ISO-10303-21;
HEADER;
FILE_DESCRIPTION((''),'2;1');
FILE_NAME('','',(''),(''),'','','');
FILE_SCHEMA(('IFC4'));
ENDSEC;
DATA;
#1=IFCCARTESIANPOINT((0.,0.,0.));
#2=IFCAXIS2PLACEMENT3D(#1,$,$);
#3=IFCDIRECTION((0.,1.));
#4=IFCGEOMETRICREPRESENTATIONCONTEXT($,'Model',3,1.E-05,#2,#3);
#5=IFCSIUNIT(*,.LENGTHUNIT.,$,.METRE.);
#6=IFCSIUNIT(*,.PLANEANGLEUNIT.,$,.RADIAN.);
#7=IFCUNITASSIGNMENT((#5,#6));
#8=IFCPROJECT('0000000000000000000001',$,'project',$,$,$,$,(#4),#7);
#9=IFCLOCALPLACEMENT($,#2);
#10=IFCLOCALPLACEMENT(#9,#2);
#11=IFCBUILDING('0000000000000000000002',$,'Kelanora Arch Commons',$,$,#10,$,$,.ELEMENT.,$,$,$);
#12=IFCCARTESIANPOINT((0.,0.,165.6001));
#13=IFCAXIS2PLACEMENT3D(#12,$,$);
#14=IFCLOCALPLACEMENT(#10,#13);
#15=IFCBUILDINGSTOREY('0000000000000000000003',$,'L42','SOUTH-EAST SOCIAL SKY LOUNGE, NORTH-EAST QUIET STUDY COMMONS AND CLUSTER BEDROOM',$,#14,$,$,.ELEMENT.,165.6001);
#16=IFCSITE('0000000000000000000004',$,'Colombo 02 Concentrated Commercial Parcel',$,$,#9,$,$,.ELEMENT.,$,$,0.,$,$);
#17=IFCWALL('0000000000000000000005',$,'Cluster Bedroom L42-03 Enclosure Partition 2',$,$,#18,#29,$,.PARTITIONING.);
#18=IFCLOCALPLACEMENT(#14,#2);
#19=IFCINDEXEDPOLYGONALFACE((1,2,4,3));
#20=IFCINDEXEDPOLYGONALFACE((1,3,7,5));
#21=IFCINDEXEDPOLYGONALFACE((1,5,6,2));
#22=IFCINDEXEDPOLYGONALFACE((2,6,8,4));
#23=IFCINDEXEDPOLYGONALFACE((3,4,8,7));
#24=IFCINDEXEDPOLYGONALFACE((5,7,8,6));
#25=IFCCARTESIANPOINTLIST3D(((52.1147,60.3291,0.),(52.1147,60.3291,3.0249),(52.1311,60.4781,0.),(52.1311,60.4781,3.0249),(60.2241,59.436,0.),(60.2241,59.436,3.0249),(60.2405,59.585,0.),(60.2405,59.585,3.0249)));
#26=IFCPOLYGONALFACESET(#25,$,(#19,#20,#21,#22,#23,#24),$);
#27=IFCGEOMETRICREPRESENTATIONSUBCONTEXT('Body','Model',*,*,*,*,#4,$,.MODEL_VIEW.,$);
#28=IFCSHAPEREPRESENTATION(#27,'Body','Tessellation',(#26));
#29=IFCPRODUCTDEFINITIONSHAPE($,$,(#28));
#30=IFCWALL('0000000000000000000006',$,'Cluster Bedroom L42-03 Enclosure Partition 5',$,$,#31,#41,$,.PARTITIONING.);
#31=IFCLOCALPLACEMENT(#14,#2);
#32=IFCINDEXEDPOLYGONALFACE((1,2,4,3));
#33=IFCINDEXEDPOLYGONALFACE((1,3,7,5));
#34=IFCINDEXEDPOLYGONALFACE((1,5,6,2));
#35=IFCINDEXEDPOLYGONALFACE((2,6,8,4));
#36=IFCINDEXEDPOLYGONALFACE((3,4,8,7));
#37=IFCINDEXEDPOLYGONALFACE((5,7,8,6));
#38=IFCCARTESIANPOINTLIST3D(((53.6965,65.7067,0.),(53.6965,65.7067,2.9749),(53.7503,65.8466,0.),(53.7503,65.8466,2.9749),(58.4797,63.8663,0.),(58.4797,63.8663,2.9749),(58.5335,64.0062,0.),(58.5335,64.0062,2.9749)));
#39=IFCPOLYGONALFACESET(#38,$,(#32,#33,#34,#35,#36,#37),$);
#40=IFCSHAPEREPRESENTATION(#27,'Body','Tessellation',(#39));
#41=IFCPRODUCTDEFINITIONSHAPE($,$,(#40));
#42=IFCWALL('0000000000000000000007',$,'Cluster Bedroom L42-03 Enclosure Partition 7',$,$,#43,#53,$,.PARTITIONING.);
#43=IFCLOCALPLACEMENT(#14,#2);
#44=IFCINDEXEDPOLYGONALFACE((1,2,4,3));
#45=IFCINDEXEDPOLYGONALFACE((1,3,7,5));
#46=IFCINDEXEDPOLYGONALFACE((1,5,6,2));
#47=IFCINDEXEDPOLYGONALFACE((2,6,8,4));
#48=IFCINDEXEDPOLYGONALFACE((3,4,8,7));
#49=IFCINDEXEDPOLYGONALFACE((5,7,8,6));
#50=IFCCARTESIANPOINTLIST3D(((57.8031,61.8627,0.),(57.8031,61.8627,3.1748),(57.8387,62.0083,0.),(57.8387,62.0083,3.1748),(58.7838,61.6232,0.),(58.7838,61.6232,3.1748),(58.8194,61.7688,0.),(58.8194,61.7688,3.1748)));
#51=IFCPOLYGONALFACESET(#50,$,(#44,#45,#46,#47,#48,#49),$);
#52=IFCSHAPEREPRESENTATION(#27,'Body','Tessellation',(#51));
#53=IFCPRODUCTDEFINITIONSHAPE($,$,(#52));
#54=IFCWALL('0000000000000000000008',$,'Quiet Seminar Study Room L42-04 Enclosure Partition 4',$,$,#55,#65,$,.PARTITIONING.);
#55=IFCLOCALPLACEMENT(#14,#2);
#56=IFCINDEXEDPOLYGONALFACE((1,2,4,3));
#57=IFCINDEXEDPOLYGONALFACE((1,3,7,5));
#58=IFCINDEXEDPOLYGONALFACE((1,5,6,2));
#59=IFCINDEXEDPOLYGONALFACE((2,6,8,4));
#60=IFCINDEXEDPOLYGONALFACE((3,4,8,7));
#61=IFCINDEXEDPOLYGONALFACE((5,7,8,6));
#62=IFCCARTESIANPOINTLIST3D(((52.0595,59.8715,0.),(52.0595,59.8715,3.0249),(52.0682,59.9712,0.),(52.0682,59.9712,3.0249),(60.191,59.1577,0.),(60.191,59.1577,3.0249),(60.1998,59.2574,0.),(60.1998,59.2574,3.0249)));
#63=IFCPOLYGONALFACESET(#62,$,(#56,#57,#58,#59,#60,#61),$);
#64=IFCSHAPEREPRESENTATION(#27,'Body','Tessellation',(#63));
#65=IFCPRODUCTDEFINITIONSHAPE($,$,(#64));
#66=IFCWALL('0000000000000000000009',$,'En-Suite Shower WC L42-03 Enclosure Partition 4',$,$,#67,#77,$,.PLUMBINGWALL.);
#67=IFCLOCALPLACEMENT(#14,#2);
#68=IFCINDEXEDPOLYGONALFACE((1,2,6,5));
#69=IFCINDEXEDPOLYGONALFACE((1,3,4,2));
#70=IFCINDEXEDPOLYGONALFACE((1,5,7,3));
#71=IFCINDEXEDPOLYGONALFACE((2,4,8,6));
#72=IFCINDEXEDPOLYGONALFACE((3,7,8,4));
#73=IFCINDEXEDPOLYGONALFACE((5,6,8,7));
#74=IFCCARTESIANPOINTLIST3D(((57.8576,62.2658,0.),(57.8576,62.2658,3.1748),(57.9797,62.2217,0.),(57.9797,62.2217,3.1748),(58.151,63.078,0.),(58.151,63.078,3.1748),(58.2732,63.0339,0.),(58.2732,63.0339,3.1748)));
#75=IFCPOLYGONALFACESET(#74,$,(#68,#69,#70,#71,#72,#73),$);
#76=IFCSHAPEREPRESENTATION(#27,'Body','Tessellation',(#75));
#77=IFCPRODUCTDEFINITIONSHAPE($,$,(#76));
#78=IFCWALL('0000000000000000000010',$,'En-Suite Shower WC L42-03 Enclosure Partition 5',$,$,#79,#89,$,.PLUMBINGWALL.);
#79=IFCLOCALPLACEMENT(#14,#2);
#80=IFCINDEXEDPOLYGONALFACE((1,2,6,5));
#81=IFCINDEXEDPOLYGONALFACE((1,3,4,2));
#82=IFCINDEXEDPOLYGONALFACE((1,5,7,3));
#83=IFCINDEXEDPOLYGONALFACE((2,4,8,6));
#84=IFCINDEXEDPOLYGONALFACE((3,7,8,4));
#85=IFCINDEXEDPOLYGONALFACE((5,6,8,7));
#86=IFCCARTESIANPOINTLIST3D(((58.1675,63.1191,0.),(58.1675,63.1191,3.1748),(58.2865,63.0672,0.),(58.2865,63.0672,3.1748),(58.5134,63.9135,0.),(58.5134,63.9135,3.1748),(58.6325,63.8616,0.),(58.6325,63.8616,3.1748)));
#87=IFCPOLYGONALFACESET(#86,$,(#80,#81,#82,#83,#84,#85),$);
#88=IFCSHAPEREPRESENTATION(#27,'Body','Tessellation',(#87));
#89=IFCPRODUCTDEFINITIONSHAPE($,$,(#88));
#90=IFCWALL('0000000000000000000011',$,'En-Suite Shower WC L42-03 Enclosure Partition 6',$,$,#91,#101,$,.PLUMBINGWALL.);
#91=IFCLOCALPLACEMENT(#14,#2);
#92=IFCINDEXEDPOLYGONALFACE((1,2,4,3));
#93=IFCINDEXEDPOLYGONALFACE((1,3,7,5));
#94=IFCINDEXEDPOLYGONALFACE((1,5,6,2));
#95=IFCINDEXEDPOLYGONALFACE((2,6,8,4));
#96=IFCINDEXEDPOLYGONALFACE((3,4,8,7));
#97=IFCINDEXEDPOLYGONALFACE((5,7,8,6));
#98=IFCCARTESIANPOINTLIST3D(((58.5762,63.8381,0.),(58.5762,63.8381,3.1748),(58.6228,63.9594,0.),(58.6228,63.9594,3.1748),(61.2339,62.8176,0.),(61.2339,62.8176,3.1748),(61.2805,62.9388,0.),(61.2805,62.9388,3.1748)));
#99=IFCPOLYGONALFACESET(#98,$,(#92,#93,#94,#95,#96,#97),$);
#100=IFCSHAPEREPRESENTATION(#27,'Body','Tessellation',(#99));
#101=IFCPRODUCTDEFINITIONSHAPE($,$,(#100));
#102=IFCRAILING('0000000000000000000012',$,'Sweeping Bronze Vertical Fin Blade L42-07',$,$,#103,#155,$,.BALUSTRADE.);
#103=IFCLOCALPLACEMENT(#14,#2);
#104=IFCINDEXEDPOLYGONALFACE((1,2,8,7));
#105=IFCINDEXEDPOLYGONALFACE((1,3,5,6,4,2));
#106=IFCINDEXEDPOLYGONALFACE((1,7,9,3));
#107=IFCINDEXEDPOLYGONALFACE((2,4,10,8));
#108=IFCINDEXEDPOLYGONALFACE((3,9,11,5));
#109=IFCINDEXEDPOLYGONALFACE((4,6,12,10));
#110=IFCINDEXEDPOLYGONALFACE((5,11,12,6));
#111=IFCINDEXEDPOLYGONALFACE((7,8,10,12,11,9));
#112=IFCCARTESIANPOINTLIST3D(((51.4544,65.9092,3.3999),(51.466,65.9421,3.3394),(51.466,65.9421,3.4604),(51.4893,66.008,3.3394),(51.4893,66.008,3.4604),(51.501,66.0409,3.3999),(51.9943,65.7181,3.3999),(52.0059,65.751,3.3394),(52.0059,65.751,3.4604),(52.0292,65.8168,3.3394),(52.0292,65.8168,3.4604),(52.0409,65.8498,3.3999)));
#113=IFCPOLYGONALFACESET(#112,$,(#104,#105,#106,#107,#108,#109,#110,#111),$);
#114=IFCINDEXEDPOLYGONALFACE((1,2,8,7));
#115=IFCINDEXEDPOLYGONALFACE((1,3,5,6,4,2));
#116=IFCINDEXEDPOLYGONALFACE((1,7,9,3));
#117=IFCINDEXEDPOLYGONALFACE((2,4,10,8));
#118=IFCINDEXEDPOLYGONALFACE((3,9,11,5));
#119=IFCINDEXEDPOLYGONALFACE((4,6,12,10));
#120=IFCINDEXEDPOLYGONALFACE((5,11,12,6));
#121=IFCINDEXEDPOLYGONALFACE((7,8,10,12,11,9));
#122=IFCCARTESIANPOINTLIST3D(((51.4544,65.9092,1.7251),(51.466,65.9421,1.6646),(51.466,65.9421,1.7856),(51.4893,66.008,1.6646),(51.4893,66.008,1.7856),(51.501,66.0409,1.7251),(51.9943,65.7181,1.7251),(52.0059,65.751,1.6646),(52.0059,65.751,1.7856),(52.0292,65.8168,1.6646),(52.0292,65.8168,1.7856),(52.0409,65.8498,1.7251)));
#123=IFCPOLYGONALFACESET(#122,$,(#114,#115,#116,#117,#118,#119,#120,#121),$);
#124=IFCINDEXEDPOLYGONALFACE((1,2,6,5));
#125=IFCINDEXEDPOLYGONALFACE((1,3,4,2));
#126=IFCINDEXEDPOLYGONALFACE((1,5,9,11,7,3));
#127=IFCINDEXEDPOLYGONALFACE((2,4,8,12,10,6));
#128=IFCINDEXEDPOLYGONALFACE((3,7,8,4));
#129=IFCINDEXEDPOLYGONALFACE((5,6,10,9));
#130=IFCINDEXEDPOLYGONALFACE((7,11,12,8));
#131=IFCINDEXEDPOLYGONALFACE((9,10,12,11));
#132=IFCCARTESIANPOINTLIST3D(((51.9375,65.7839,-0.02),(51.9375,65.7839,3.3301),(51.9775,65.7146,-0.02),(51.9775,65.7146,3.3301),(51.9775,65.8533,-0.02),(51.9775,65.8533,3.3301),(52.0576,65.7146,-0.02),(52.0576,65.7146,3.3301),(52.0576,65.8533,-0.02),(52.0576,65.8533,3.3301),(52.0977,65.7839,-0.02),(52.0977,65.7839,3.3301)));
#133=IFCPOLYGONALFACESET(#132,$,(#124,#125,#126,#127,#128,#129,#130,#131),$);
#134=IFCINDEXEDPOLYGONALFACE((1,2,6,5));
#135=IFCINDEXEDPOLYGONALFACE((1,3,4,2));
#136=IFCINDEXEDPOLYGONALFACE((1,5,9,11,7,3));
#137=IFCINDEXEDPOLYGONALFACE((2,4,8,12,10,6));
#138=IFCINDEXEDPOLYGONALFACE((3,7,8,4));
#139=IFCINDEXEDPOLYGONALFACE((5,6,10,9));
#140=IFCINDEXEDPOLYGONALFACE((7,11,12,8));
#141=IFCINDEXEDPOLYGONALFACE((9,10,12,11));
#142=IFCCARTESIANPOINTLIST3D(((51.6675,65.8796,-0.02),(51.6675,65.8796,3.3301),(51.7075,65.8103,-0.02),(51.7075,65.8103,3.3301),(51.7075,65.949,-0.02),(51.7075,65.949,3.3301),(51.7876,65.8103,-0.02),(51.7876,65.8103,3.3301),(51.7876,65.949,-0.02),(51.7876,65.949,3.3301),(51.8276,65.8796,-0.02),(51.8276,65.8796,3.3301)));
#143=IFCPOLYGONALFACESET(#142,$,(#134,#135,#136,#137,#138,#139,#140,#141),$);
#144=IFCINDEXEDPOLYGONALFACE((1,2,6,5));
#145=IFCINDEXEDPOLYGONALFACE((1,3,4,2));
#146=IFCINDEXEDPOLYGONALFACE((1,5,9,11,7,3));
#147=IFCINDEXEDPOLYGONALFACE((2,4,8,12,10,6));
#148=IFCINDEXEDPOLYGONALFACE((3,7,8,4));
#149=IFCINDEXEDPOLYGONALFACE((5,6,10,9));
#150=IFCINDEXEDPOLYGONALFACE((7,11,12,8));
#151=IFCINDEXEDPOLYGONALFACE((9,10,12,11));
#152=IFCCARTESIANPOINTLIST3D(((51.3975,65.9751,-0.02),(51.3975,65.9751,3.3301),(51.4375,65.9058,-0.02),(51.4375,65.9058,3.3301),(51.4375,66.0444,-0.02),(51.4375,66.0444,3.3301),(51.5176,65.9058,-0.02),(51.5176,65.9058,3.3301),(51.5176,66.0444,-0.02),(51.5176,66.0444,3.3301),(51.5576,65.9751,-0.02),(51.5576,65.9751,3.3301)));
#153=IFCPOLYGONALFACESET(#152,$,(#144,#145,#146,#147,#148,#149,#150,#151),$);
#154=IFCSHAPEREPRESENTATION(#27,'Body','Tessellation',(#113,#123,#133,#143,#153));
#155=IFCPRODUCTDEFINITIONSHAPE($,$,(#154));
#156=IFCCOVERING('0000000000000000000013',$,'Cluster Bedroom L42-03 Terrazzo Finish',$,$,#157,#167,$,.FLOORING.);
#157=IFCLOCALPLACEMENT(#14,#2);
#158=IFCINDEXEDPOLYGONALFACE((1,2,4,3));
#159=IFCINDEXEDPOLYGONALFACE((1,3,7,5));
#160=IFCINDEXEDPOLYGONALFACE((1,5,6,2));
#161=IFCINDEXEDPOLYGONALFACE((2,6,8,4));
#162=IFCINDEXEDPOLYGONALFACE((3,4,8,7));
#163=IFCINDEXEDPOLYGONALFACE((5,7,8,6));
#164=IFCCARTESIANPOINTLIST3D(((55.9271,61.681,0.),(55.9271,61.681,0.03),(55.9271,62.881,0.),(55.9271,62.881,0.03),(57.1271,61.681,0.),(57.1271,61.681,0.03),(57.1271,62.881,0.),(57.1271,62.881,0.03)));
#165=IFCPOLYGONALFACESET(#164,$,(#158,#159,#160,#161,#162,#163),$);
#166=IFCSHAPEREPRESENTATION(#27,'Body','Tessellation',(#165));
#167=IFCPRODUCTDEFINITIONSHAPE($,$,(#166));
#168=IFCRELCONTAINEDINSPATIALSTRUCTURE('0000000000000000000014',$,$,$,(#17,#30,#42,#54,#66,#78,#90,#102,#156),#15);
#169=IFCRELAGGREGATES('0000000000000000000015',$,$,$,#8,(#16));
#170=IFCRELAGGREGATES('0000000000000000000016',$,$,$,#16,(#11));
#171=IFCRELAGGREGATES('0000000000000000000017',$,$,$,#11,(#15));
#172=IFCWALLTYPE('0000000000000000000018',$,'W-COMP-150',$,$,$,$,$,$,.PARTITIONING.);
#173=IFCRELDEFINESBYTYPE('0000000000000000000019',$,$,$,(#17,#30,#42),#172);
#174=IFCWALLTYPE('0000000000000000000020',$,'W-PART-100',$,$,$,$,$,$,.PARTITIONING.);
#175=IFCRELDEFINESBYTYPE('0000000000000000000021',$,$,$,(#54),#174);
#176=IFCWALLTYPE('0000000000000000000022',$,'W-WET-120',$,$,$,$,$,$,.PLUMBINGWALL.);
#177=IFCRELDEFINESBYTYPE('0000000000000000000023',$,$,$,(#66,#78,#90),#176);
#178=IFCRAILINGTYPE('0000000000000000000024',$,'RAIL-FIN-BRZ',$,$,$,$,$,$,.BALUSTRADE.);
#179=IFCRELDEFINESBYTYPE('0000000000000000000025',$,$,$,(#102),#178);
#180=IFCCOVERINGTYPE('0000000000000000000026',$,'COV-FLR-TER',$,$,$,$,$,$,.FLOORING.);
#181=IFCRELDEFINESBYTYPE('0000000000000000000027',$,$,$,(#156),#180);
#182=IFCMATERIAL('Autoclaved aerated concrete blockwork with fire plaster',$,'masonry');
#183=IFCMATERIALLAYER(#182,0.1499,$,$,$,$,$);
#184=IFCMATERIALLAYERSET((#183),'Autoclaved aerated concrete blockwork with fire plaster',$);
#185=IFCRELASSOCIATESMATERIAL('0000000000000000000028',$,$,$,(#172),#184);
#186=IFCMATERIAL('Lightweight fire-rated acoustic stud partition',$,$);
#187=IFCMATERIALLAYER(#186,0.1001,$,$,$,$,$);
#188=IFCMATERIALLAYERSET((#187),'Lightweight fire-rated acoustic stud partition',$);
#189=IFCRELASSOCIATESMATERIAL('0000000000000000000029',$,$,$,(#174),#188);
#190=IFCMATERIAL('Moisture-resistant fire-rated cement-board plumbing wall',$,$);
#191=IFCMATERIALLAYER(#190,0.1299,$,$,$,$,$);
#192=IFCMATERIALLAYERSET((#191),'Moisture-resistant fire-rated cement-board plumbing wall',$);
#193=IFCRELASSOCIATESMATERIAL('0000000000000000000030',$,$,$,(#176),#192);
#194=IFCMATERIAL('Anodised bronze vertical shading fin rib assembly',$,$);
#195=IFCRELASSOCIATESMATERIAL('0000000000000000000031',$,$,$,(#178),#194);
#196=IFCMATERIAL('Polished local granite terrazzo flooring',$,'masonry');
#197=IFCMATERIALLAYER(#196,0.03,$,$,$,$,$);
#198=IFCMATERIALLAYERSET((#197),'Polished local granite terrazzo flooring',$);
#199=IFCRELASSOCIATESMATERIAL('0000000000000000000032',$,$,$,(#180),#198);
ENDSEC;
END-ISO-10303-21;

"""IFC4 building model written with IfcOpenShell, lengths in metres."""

from ifc_helpers import new_model, si_unit, direction, frame, frame_2d, origin, origin_2d, place, context, subcontext, project, spatial, polyline, rectangle, outline, extrude, source, transform, mapped, material, layer, layer_set, type_object, element, save


model = new_model("IFC4")

# Units and contexts
model_context = context("Model", 3, precision=1e-05, world=origin(), true_north=direction((0.0, 1.0)))
body_context = subcontext(model_context, "Body", "Model", "MODEL_VIEW")
ifc_project = project(units=[si_unit("LENGTHUNIT", "METRE"), si_unit("PLANEANGLEUNIT", "RADIAN")], contexts=[model_context])

# Site, building, storey
site_placement = place(None, origin())
site = spatial("IfcSite", under=ifc_project, at=site_placement, Name="Colombo 02 Concentrated Commercial Parcel", CompositionType="ELEMENT", RefElevation=0.0)
building_placement = place(site_placement, origin())
building = spatial("IfcBuilding", under=site, at=building_placement, Name="Kelanora Arch Commons", CompositionType="ELEMENT")
storey_placement = place(building_placement, frame((0.0, 0.0, 165.6001)))
storey = spatial("IfcBuildingStorey", under=building, at=storey_placement, Name="L42", Description="SOUTH-EAST SOCIAL SKY LOUNGE, NORTH-EAST QUIET STUDY COMMONS AND CLUSTER BEDROOM", CompositionType="ELEMENT", Elevation=165.6001)

# Walls
ifc_material_1 = material(Name="Autoclaved aerated concrete blockwork with fire plaster", Category="masonry")
ifc_layer_1 = layer(ifc_material_1, 0.1499)
ifc_layer_set_1 = layer_set([ifc_layer_1], Name="Autoclaved aerated concrete blockwork with fire plaster")
wall_type_1 = type_object("IfcWallType", Name="W-COMP-150", PredefinedType="PARTITIONING", material=ifc_layer_set_1)
wall_1_placement = place(storey_placement, frame((60.2322, 59.5105, 0.0), z_axis=(0.0, 0.0, 1.0), x_axis=(-0.993991, 0.109466, 0.0)))
element("IfcWall", 1, at=wall_1_placement, inside=storey, type_object=wall_type_1, Name="Cluster Bedroom L42-03 Enclosure Partition 2", PredefinedType="PARTITIONING", context=body_context, shape_type="SweptSolid", body=[
    extrude(rectangle(XDim=8.1584, YDim=0.1499, at=frame_2d((4.0791, 0.0))), origin(), (0.0, 0.0, 1.0), 3.0249),
])
wall_2_placement = place(storey_placement, frame((53.7234, 65.7766, 0.0), z_axis=(0.0, 0.0, 1.0), x_axis=(0.933304, -0.359088, 0.0)))
element("IfcWall", 2, at=wall_2_placement, inside=storey, type_object=wall_type_1, Name="Cluster Bedroom L42-03 Enclosure Partition 5", PredefinedType="PARTITIONING", context=body_context, shape_type="SweptSolid", body=[
    extrude(rectangle(XDim=5.125, YDim=0.1499, at=frame_2d((2.5625, 0.0))), origin(), (0.0, 0.0, 1.0), 2.9749),
])
wall_3_placement = place(storey_placement, frame((57.8208, 61.9355, 0.0), z_axis=(0.0, 0.0, 1.0), x_axis=(0.971451, -0.23724, 0.0)))
element("IfcWall", 3, at=wall_3_placement, inside=storey, type_object=wall_type_1, Name="Cluster Bedroom L42-03 Enclosure Partition 7", PredefinedType="PARTITIONING", context=body_context, shape_type="SweptSolid", body=[
    extrude(rectangle(XDim=1.0095, YDim=0.1499, at=frame_2d((0.5049, 0.0))), origin(), (0.0, 0.0, 1.0), 3.1748),
])
ifc_material_2 = material(Name="Lightweight fire-rated acoustic stud partition")
ifc_layer_2 = layer(ifc_material_2, 0.1001)
ifc_layer_set_2 = layer_set([ifc_layer_2], Name="Lightweight fire-rated acoustic stud partition")
wall_type_2 = type_object("IfcWallType", Name="W-PART-100", PredefinedType="PARTITIONING", material=ifc_layer_set_2)
wall_4_placement = place(storey_placement, frame((52.0637, 59.9214, 0.0), z_axis=(0.0, 0.0, 1.0), x_axis=(0.996169, -0.087453, 0.0)))
element("IfcWall", 4, at=wall_4_placement, inside=storey, type_object=wall_type_2, Name="Quiet Seminar Study Room L42-04 Enclosure Partition 4", PredefinedType="PARTITIONING", context=body_context, shape_type="SweptSolid", body=[
    extrude(rectangle(XDim=8.1628, YDim=0.1001, at=frame_2d((4.0815, 0.0))), origin(), (0.0, 0.0, 1.0), 3.0249),
])
ifc_material_3 = material(Name="Moisture-resistant fire-rated cement-board plumbing wall")
ifc_layer_3 = layer(ifc_material_3, 0.1299)
ifc_layer_set_3 = layer_set([ifc_layer_3], Name="Moisture-resistant fire-rated cement-board plumbing wall")
wall_type_3 = type_object("IfcWallType", Name="W-WET-120", PredefinedType="PLUMBINGWALL", material=ifc_layer_set_3)
wall_5_placement = place(storey_placement, frame((57.9187, 62.2439, 0.0), z_axis=(0.0, 0.0, 1.0), x_axis=(0.33979, 0.940501, 0.0)))
element("IfcWall", 5, at=wall_5_placement, inside=storey, type_object=wall_type_3, Name="En-Suite Shower WC L42-03 Enclosure Partition 4", PredefinedType="PLUMBINGWALL", context=body_context, shape_type="SweptSolid", body=[
    extrude(rectangle(XDim=0.8635, YDim=0.1299, at=frame_2d((0.4316, 0.0))), origin(), (0.0, 0.0, 1.0), 3.1748),
])
wall_6_placement = place(storey_placement, frame((58.2271, 63.0933, 0.0), z_axis=(0.0, 0.0, 1.0), x_axis=(0.399251, 0.916841, 0.0)))
element("IfcWall", 6, at=wall_6_placement, inside=storey, type_object=wall_type_3, Name="En-Suite Shower WC L42-03 Enclosure Partition 5", PredefinedType="PLUMBINGWALL", context=body_context, shape_type="SweptSolid", body=[
    extrude(rectangle(XDim=0.8665, YDim=0.1299, at=frame_2d((0.4331, 0.0))), origin(), (0.0, 0.0, 1.0), 3.1748),
])
wall_7_placement = place(storey_placement, frame((58.5996, 63.8987, 0.0), z_axis=(0.0, 0.0, 1.0), x_axis=(0.933544, -0.358462, 0.0)))
element("IfcWall", 7, at=wall_7_placement, inside=storey, type_object=wall_type_3, Name="En-Suite Shower WC L42-03 Enclosure Partition 6", PredefinedType="PLUMBINGWALL", context=body_context, shape_type="SweptSolid", body=[
    extrude(rectangle(XDim=2.8469, YDim=0.1299, at=frame_2d((1.4233, 0.0))), origin(), (0.0, 0.0, 1.0), 3.1748),
])

# Railing
ifc_material_4 = material(Name="Anodised bronze vertical shading fin rib assembly")
railing_type = type_object("IfcRailingType", Name="RAIL-FIN-BRZ", PredefinedType="BALUSTRADE", material=ifc_material_4)
railing_placement = place(storey_placement, frame((52.0176, 65.7839, -0.02)))
element("IfcRailing", 8, at=railing_placement, inside=storey, type_object=railing_type, Name="Sweeping Bronze Vertical Fin Blade L42-07", PredefinedType="BALUSTRADE", context=body_context, shape_type="SweptSolid", body=[
    extrude(outline(polyline([(0.0698, 0.0), (0.0349, 0.0605), (-0.0349, 0.0605), (-0.0698, 0.0), (-0.0349, -0.0605), (0.0349, -0.0605), (0.0698, 0.0)])), frame((0.0, 0.0, 3.4199), z_axis=(-0.942683, 0.333689, 0.0), x_axis=(-0.333689, -0.942683, 0.0)), (0.0, 0.0, 1.0), 0.5728),
    extrude(outline(polyline([(0.0698, 0.0), (0.0349, 0.0605), (-0.0349, 0.0605), (-0.0698, 0.0), (-0.0349, -0.0605), (0.0349, -0.0605), (0.0698, 0.0)])), frame((0.0, 0.0, 1.7451), z_axis=(-0.942683, 0.333689, 0.0), x_axis=(-0.333689, -0.942683, 0.0)), (0.0, 0.0, 1.0), 0.5728),
    extrude(outline(polyline([(0.0801, 0.0), (0.04, 0.0693), (-0.04, 0.0693), (-0.0801, 0.0), (-0.04, -0.0693), (0.04, -0.0693), (0.0801, 0.0)])), origin(), (0.0, 0.0, 1.0), 3.3501),
    extrude(outline(polyline([(0.0801, 0.0), (0.04, 0.0693), (-0.04, 0.0693), (-0.0801, 0.0), (-0.04, -0.0693), (0.04, -0.0693), (0.0801, 0.0)])), frame((-0.27, 0.0957, 0.0)), (0.0, 0.0, 1.0), 3.3501),
    extrude(outline(polyline([(0.0801, 0.0), (0.04, 0.0693), (-0.04, 0.0693), (-0.0801, 0.0), (-0.04, -0.0693), (0.04, -0.0693), (0.0801, 0.0)])), frame((-0.54, 0.1912, 0.0)), (0.0, 0.0, 1.0), 3.3501),
])

# Covering
ifc_material_5 = material(Name="Polished local granite terrazzo flooring", Category="masonry")
ifc_layer_4 = layer(ifc_material_5, 0.03)
ifc_layer_set_4 = layer_set([ifc_layer_4], Name="Polished local granite terrazzo flooring")
covering_type = type_object("IfcCoveringType", Name="COV-FLR-TER", PredefinedType="FLOORING", material=ifc_layer_set_4)
shared_shape_1 = source(origin(), body_context, "Body", "SweptSolid", [
    extrude(rectangle(XDim=1.2, YDim=1.2, at=origin_2d()), origin(), (0.0, 0.0, 1.0), 0.03),
])
covering_placement = place(storey_placement, frame((56.5271, 62.281, 0.0), z_axis=(0.0, 0.0, 1.0), x_axis=(1.0, 0.0, 0.0)))
element("IfcCovering", 9, at=covering_placement, inside=storey, type_object=covering_type, Name="Cluster Bedroom L42-03 Terrazzo Finish", PredefinedType="FLOORING", context=body_context, shape_type="MappedRepresentation", body=[
    mapped(shared_shape_1, transform((0.0, 0.0, 0.0), scale=1.0)),
])

save(model, "model.ifc")
